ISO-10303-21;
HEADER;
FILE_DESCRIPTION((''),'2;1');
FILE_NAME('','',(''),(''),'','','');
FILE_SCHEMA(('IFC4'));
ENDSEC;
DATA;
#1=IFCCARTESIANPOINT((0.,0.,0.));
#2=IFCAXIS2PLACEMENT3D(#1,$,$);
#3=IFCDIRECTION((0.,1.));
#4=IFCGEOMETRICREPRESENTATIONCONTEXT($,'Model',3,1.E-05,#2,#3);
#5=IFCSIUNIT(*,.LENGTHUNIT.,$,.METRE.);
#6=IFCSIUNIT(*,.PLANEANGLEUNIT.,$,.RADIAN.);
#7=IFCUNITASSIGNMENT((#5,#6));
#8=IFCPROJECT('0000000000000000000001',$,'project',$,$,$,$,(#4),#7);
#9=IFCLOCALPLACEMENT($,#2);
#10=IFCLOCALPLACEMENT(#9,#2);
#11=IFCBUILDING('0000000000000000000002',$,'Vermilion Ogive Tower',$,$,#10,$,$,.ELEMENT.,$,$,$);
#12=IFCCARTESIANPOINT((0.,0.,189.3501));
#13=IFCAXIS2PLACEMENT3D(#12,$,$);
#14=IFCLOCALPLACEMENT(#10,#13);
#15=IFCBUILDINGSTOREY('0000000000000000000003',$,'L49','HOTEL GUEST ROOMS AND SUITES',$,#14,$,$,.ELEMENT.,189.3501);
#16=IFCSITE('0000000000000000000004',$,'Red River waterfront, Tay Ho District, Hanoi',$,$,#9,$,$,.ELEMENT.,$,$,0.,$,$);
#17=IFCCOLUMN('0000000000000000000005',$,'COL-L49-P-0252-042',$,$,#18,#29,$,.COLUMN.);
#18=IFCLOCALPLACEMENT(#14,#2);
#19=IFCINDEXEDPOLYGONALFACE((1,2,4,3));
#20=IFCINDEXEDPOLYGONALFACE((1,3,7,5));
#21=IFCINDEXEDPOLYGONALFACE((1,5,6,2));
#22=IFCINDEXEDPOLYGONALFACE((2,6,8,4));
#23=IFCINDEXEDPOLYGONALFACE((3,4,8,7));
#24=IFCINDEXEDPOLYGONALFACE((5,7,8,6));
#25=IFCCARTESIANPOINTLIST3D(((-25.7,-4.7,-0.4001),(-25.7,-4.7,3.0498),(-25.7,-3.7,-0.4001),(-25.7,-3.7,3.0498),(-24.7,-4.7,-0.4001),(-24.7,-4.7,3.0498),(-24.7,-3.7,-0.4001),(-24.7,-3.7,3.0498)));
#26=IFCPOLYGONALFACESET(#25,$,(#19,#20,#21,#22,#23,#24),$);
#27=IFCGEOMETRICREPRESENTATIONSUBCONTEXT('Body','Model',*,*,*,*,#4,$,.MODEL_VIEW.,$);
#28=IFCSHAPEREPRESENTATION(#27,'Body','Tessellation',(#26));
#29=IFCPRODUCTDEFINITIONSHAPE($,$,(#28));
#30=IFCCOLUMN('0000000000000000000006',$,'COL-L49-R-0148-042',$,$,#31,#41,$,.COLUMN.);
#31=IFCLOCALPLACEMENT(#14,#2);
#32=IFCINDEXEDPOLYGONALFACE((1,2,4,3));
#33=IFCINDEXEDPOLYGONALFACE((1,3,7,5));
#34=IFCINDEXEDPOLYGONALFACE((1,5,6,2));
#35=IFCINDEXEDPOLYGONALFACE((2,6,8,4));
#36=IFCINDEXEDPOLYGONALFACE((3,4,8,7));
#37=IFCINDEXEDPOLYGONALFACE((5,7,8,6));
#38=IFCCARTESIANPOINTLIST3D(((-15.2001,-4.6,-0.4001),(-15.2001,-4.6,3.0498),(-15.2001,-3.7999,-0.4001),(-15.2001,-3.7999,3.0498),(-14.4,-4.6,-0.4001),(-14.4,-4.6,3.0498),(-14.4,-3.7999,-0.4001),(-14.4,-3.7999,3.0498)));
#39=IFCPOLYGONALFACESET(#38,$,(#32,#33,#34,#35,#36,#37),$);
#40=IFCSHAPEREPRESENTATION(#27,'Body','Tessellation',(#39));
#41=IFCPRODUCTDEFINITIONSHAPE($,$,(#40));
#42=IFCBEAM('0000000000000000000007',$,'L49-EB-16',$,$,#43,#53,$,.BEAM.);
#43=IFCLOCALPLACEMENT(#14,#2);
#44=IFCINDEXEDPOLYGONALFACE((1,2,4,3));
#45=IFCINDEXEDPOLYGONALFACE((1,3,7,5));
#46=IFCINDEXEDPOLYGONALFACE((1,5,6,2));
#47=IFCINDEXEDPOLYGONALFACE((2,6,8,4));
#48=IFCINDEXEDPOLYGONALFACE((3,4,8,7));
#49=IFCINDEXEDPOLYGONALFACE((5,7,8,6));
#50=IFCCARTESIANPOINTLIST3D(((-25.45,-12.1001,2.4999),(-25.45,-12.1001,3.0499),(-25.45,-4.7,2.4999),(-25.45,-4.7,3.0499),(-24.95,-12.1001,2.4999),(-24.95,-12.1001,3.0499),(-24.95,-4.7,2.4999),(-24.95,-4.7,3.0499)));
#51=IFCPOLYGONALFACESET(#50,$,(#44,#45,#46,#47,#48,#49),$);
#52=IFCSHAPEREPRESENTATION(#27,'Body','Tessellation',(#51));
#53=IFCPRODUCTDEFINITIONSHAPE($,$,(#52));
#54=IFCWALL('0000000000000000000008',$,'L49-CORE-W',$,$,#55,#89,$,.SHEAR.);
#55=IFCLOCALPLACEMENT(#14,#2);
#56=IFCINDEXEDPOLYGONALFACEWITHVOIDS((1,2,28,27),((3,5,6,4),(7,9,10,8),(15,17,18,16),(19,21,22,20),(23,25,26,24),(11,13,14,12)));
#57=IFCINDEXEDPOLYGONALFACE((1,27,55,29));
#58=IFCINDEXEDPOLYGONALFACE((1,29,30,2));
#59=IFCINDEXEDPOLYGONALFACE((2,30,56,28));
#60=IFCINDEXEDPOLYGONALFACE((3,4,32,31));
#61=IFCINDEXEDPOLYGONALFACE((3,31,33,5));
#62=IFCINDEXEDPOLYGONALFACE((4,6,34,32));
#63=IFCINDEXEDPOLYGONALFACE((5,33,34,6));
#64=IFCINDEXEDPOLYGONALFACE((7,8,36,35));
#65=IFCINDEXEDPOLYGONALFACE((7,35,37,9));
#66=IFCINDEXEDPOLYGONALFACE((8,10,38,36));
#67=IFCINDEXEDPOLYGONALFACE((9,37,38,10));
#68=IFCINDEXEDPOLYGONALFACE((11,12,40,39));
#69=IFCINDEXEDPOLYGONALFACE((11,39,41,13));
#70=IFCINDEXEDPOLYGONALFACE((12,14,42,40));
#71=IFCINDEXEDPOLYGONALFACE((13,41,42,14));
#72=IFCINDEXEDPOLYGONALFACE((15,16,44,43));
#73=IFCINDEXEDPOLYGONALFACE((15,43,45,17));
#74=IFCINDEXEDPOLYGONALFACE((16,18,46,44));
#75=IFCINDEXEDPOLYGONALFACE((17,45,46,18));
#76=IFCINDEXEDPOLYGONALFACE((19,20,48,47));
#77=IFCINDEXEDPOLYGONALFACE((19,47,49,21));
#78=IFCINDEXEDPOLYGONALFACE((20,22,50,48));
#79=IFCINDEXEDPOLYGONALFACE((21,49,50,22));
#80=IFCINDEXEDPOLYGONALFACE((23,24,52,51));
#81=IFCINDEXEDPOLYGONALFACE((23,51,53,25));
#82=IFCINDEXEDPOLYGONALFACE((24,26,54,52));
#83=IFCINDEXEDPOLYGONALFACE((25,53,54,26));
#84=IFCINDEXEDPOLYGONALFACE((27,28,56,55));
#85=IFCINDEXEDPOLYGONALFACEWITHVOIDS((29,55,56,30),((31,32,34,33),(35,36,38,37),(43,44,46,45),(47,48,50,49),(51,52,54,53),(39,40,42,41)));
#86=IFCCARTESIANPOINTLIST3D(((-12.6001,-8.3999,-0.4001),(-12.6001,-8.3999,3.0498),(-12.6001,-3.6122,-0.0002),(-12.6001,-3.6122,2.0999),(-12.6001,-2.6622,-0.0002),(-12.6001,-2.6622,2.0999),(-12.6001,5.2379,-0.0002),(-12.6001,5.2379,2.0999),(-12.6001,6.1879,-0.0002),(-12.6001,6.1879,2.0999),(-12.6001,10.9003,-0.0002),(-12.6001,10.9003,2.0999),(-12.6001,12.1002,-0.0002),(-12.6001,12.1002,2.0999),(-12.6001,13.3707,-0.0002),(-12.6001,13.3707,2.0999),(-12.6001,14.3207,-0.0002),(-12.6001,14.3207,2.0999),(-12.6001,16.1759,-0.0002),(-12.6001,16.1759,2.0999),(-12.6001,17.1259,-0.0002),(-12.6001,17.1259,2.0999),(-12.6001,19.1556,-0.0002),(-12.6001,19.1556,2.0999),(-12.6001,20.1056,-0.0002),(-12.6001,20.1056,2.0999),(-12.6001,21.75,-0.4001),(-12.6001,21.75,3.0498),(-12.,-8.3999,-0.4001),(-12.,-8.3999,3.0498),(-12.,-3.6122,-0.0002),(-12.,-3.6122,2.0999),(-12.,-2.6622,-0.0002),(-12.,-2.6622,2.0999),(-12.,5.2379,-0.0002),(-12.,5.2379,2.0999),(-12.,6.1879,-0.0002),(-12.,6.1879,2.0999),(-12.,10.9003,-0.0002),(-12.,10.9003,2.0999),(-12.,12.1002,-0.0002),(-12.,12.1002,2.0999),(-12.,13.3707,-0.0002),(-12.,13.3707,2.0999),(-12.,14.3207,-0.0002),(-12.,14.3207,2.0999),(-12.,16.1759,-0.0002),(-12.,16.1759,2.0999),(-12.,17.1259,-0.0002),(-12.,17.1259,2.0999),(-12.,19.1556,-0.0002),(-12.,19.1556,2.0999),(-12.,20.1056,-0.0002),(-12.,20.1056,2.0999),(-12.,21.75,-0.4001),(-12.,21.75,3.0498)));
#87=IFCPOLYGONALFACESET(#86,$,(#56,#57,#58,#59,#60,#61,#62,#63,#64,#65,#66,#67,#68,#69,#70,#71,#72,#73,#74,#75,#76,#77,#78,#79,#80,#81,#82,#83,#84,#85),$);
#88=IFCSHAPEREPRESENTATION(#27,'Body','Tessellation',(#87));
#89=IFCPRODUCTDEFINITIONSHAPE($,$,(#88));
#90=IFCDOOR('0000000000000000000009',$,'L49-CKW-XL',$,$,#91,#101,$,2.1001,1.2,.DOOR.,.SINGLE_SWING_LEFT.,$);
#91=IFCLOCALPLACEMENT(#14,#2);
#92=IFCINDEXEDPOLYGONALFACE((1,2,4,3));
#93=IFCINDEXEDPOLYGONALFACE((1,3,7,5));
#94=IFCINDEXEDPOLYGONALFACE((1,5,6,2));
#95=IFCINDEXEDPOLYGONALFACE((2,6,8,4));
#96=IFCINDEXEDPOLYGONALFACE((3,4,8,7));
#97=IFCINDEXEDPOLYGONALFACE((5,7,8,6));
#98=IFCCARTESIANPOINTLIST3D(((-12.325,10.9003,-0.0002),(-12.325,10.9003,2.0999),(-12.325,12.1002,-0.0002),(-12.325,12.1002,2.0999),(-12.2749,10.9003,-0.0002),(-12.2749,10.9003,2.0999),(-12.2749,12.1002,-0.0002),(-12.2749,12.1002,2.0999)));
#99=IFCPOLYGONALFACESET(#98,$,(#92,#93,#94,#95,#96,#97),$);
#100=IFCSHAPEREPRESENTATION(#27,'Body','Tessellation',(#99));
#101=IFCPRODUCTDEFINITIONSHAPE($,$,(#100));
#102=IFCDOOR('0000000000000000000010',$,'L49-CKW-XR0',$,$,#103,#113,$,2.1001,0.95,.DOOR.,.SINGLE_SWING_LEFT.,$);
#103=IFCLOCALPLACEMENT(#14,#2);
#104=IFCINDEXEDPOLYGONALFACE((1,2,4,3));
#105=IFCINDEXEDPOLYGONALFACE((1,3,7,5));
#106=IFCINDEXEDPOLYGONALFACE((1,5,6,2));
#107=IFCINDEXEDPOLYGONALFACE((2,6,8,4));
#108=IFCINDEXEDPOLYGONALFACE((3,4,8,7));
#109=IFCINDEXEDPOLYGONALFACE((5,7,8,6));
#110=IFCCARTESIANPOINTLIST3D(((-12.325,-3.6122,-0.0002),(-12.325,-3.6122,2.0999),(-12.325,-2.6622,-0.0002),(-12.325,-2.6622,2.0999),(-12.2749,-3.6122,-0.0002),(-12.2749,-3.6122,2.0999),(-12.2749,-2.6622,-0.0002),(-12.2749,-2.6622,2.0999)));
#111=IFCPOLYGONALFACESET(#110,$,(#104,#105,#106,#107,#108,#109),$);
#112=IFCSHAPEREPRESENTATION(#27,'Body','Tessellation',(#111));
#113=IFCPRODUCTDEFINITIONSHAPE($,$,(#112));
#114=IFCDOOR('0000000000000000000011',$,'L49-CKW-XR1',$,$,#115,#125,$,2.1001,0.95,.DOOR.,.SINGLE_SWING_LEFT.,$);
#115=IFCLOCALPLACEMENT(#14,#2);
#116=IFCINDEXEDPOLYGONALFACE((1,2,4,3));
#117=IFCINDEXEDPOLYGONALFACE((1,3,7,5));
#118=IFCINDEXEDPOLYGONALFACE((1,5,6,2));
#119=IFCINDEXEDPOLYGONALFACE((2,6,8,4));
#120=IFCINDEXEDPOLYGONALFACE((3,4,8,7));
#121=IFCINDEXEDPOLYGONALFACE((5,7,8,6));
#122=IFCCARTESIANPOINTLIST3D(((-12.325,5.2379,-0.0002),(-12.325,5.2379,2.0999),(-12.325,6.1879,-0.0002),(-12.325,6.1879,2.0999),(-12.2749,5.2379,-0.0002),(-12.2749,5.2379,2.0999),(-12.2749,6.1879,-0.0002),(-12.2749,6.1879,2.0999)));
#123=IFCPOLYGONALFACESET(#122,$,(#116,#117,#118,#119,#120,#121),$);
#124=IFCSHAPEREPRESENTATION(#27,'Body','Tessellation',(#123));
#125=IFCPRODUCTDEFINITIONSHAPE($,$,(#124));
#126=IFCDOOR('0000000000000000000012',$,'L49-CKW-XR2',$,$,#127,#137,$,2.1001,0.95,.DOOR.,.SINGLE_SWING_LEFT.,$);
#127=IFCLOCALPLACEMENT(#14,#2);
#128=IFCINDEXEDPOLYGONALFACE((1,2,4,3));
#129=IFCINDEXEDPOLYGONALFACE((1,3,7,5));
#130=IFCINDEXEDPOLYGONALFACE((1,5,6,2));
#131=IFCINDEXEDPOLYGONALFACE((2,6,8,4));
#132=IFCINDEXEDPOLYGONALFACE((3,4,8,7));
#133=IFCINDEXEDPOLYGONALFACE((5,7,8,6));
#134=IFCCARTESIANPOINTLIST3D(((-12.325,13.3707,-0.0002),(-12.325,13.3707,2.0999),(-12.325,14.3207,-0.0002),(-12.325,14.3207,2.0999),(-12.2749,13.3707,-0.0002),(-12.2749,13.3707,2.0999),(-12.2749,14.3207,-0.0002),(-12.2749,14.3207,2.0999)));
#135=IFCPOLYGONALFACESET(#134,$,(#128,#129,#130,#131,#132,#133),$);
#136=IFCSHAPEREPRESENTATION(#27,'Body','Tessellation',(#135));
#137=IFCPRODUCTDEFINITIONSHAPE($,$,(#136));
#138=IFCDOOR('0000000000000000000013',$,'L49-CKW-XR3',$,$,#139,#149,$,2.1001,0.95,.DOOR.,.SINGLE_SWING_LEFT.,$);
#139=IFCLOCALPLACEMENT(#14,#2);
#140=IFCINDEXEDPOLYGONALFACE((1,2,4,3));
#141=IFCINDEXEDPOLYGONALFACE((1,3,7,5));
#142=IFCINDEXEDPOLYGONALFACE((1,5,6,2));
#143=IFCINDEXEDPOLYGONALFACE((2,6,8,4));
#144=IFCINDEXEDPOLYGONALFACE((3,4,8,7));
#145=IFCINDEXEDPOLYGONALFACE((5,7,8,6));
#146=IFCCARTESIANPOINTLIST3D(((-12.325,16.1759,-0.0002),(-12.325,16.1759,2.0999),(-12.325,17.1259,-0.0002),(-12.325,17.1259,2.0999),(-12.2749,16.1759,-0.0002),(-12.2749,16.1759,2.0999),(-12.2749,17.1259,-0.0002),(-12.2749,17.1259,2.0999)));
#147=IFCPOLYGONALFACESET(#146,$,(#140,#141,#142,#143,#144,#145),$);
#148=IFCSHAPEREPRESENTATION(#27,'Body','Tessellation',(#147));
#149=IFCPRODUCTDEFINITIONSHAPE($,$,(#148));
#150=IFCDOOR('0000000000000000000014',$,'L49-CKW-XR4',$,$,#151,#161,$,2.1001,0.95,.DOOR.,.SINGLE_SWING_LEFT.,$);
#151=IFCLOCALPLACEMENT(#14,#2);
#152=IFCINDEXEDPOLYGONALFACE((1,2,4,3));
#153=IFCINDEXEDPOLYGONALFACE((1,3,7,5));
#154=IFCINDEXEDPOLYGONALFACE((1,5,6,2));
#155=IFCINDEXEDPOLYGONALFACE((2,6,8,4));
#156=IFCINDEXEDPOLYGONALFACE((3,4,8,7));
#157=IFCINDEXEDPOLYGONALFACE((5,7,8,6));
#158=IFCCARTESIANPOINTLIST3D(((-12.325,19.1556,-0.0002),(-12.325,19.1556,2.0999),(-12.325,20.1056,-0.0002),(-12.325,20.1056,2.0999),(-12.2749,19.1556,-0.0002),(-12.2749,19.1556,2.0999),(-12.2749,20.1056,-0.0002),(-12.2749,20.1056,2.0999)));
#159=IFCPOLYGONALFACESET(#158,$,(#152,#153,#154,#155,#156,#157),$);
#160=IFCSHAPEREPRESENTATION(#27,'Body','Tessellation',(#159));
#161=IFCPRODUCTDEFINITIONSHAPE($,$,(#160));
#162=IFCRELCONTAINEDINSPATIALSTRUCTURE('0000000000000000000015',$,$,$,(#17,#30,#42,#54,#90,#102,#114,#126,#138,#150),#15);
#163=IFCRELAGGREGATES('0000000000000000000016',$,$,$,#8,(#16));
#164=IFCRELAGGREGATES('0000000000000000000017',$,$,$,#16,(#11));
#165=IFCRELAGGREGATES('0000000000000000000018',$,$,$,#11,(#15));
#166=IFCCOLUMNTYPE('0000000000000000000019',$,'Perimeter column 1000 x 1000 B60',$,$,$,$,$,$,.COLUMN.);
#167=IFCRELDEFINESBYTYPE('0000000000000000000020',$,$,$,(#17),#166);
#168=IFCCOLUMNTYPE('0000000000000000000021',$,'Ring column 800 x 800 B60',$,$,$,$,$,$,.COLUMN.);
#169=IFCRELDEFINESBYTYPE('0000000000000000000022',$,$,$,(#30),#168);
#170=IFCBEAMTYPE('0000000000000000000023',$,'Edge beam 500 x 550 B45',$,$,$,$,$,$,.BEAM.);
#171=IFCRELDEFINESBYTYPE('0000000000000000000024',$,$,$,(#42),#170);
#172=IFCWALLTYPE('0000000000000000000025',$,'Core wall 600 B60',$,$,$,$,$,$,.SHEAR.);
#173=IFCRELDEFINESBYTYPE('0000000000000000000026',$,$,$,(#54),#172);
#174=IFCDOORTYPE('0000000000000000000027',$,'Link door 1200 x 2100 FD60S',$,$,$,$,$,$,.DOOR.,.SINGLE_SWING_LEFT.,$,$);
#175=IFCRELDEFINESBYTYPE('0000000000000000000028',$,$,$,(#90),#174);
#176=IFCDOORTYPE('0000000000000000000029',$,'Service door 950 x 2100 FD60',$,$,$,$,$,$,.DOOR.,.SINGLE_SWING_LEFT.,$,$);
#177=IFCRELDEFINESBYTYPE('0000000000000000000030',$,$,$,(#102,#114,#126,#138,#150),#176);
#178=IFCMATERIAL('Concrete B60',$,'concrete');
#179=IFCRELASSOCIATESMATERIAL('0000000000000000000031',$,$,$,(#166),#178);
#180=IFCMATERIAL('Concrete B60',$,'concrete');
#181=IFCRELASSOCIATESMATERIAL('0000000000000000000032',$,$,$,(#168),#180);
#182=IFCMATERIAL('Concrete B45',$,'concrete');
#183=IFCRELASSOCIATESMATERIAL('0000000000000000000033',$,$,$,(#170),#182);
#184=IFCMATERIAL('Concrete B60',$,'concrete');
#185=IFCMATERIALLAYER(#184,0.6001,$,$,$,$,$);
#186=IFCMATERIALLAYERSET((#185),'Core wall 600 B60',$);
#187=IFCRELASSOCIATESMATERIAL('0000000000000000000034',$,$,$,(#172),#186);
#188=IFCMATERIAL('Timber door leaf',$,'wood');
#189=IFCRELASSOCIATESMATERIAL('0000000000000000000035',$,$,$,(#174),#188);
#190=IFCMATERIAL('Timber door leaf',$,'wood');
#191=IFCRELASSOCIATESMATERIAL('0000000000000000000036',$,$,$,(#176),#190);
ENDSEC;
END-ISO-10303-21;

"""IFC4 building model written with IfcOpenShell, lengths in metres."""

from ifc_helpers import new_model, si_unit, direction, frame, frame_2d, origin, origin_2d, place, context, subcontext, project, spatial, rectangle, extrude, material, layer, layer_set, material_profile, profile_set, type_object, element, fill, save


model = new_model("IFC4")

# Units and contexts
model_context = context("Model", 3, precision=1e-05, world=origin(), true_north=direction((0.0, 1.0)))
body_context = subcontext(model_context, "Body", "Model", "MODEL_VIEW")
ifc_project = project(units=[si_unit("LENGTHUNIT", "METRE"), si_unit("PLANEANGLEUNIT", "RADIAN")], contexts=[model_context])

# Site, building, storey
site_placement = place(None, origin())
site = spatial("IfcSite", under=ifc_project, at=site_placement, Name="Red River waterfront, Tay Ho District, Hanoi", CompositionType="ELEMENT", RefElevation=0.0)
building_placement = place(site_placement, origin())
building = spatial("IfcBuilding", under=site, at=building_placement, Name="Vermilion Ogive Tower", CompositionType="ELEMENT")
storey_placement = place(building_placement, frame((0.0, 0.0, 189.3501)))
storey = spatial("IfcBuildingStorey", under=building, at=storey_placement, Name="L49", Description="HOTEL GUEST ROOMS AND SUITES", CompositionType="ELEMENT", Elevation=189.3501)

# Columns
ifc_material_1 = material(Name="Concrete B60", Category="concrete")
ifc_material_profile_1 = material_profile(ifc_material_1, rectangle(XDim=1.0, YDim=1.0, at=origin_2d()), Name="1000 x 1000")
ifc_profile_set_1 = profile_set([ifc_material_profile_1], Name="Concrete B60")
column_type_1 = type_object("IfcColumnType", Name="Perimeter column 1000 x 1000 B60", PredefinedType="COLUMN", material=ifc_profile_set_1)
column_1_placement = place(storey_placement, frame((-25.2, -4.2, -0.4001), z_axis=(0.0, 0.0, 1.0), x_axis=(1.0, 0.0, 0.0)))
element("IfcColumn", 1, at=column_1_placement, inside=storey, type_object=column_type_1, Name="COL-L49-P-0252-042", PredefinedType="COLUMN", context=body_context, shape_type="SweptSolid", body=[
    extrude(rectangle(XDim=1.0, YDim=1.0, at=origin_2d()), origin(), (0.0, 0.0, 1.0), 3.45),
])
ifc_material_2 = material(Name="Concrete B60", Category="concrete")
ifc_material_profile_2 = material_profile(ifc_material_2, rectangle(XDim=0.8, YDim=0.8, at=origin_2d()), Name="800 x 800")
ifc_profile_set_2 = profile_set([ifc_material_profile_2], Name="Concrete B60")
column_type_2 = type_object("IfcColumnType", Name="Ring column 800 x 800 B60", PredefinedType="COLUMN", material=ifc_profile_set_2)
column_2_placement = place(storey_placement, frame((-14.8, -4.2, -0.4001), z_axis=(0.0, 0.0, 1.0), x_axis=(1.0, 0.0, 0.0)))
element("IfcColumn", 2, at=column_2_placement, inside=storey, type_object=column_type_2, Name="COL-L49-R-0148-042", PredefinedType="COLUMN", context=body_context, shape_type="SweptSolid", body=[
    extrude(rectangle(XDim=0.8, YDim=0.8, at=origin_2d()), origin(), (0.0, 0.0, 1.0), 3.45),
])

# Beam
ifc_material_3 = material(Name="Concrete B45", Category="concrete")
ifc_material_profile_3 = material_profile(ifc_material_3, rectangle(XDim=0.5, YDim=0.55, at=origin_2d()), Name="500 x 550")
ifc_profile_set_3 = profile_set([ifc_material_profile_3], Name="Concrete B45")
beam_type = type_object("IfcBeamType", Name="Edge beam 500 x 550 B45", PredefinedType="BEAM", material=ifc_profile_set_3)
beam_placement = place(storey_placement, frame((-25.2, -4.7, 2.7749), z_axis=(0.0, -1.0, 0.0), x_axis=(1.0, 0.0, 0.0)))
element("IfcBeam", 3, at=beam_placement, inside=storey, type_object=beam_type, Name="L49-EB-16", PredefinedType="BEAM", context=body_context, shape_type="SweptSolid", body=[
    extrude(rectangle(XDim=0.5, YDim=0.55, at=origin_2d()), origin(), (0.0, 0.0, 1.0), 7.4001),
])

# Wall, openings, doors
ifc_material_4 = material(Name="Concrete B60", Category="concrete")
ifc_layer_1 = layer(ifc_material_4, 0.6001)
ifc_layer_set_1 = layer_set([ifc_layer_1], Name="Core wall 600 B60")
wall_type_1 = type_object("IfcWallType", Name="Core wall 600 B60", PredefinedType="SHEAR", material=ifc_layer_set_1)
wall_1_placement = place(storey_placement, frame((-12.3, -8.3999, -0.4001), z_axis=(0.0, 0.0, 1.0), x_axis=(0.0, 1.0, 0.0)))
wall_1 = element("IfcWall", 4, at=wall_1_placement, inside=storey, type_object=wall_type_1, Name="L49-CORE-W", PredefinedType="SHEAR", context=body_context, shape_type="SweptSolid", body=[
    extrude(rectangle(XDim=30.1499, YDim=0.6001, at=frame_2d((15.075, 0.0))), origin(), (0.0, 0.0, 1.0), 3.45),
])
opening_1_placement = place(wall_1_placement, frame((4.7876, 0.0, 0.3999)))
opening_1 = element("IfcOpeningElement", 5, at=opening_1_placement, cuts=wall_1, PredefinedType="OPENING", context=body_context, shape_type="SweptSolid", body=[
    extrude(rectangle(XDim=0.95, YDim=2.1001, at=frame_2d((0.4751, 1.05))), frame((0.0, 0.3101, 0.0), z_axis=(0.0, -1.0, 0.0), x_axis=(1.0, 0.0, 0.0)), (0.0, 0.0, 1.0), 0.6201),
])
opening_2_placement = place(wall_1_placement, frame((13.6377, 0.0, 0.3999)))
opening_2 = element("IfcOpeningElement", 6, at=opening_2_placement, cuts=wall_1, PredefinedType="OPENING", context=body_context, shape_type="SweptSolid", body=[
    extrude(rectangle(XDim=0.95, YDim=2.1001, at=frame_2d((0.4751, 1.05))), frame((0.0, 0.3101, 0.0), z_axis=(0.0, -1.0, 0.0), x_axis=(1.0, 0.0, 0.0)), (0.0, 0.0, 1.0), 0.6201),
])
opening_3_placement = place(wall_1_placement, frame((21.7705, 0.0, 0.3999)))
opening_3 = element("IfcOpeningElement", 7, at=opening_3_placement, cuts=wall_1, PredefinedType="OPENING", context=body_context, shape_type="SweptSolid", body=[
    extrude(rectangle(XDim=0.95, YDim=2.1001, at=frame_2d((0.4751, 1.05))), frame((0.0, 0.3101, 0.0), z_axis=(0.0, -1.0, 0.0), x_axis=(1.0, 0.0, 0.0)), (0.0, 0.0, 1.0), 0.6201),
])
opening_4_placement = place(wall_1_placement, frame((24.5757, 0.0, 0.3999)))
opening_4 = element("IfcOpeningElement", 8, at=opening_4_placement, cuts=wall_1, PredefinedType="OPENING", context=body_context, shape_type="SweptSolid", body=[
    extrude(rectangle(XDim=0.95, YDim=2.1001, at=frame_2d((0.4751, 1.05))), frame((0.0, 0.3101, 0.0), z_axis=(0.0, -1.0, 0.0), x_axis=(1.0, 0.0, 0.0)), (0.0, 0.0, 1.0), 0.6201),
])
opening_5_placement = place(wall_1_placement, frame((27.5554, 0.0, 0.3999)))
opening_5 = element("IfcOpeningElement", 9, at=opening_5_placement, cuts=wall_1, PredefinedType="OPENING", context=body_context, shape_type="SweptSolid", body=[
    extrude(rectangle(XDim=0.95, YDim=2.1001, at=frame_2d((0.4751, 1.05))), frame((0.0, 0.3101, 0.0), z_axis=(0.0, -1.0, 0.0), x_axis=(1.0, 0.0, 0.0)), (0.0, 0.0, 1.0), 0.6201),
])
opening_6_placement = place(wall_1_placement, frame((19.3, 0.0, 0.3999)))
opening_6 = element("IfcOpeningElement", 10, at=opening_6_placement, cuts=wall_1, PredefinedType="OPENING", context=body_context, shape_type="SweptSolid", body=[
    extrude(rectangle(XDim=1.2, YDim=2.1001, at=frame_2d((0.6001, 1.05))), frame((0.0, 0.3101, 0.0), z_axis=(0.0, -1.0, 0.0), x_axis=(1.0, 0.0, 0.0)), (0.0, 0.0, 1.0), 0.6201),
])
ifc_material_5 = material(Name="Timber door leaf", Category="wood")
door_type_1 = type_object("IfcDoorType", Name="Link door 1200 x 2100 FD60S", OperationType="SINGLE_SWING_LEFT", PredefinedType="DOOR", material=ifc_material_5)
door_1_placement = place(opening_6_placement, origin())
door_1 = element("IfcDoor", 11, at=door_1_placement, inside=storey, type_object=door_type_1, Name="L49-CKW-XL", OperationType="SINGLE_SWING_LEFT", OverallHeight=2.1001, OverallWidth=1.2, PredefinedType="DOOR", context=body_context, shape_type="SweptSolid", body=[
    extrude(rectangle(XDim=1.2, YDim=2.1001, at=frame_2d((0.6001, 1.05))), frame((0.0, 0.0249, 0.0), z_axis=(0.0, -1.0, 0.0), x_axis=(1.0, 0.0, 0.0)), (0.0, 0.0, 1.0), 0.05),
])
fill(opening_6, door_1)
ifc_material_6 = material(Name="Timber door leaf", Category="wood")
door_type_2 = type_object("IfcDoorType", Name="Service door 950 x 2100 FD60", OperationType="SINGLE_SWING_LEFT", PredefinedType="DOOR", material=ifc_material_6)
door_2_placement = place(opening_1_placement, origin())
door_2 = element("IfcDoor", 12, at=door_2_placement, inside=storey, type_object=door_type_2, Name="L49-CKW-XR0", OperationType="SINGLE_SWING_LEFT", OverallHeight=2.1001, OverallWidth=0.95, PredefinedType="DOOR", context=body_context, shape_type="SweptSolid", body=[
    extrude(rectangle(XDim=0.95, YDim=2.1001, at=frame_2d((0.4751, 1.05))), frame((0.0, 0.0249, 0.0), z_axis=(0.0, -1.0, 0.0), x_axis=(1.0, 0.0, 0.0)), (0.0, 0.0, 1.0), 0.05),
])
fill(opening_1, door_2)
door_3_placement = place(opening_2_placement, origin())
door_3 = element("IfcDoor", 13, at=door_3_placement, inside=storey, type_object=door_type_2, Name="L49-CKW-XR1", OperationType="SINGLE_SWING_LEFT", OverallHeight=2.1001, OverallWidth=0.95, PredefinedType="DOOR", context=body_context, shape_type="SweptSolid", body=[
    extrude(rectangle(XDim=0.95, YDim=2.1001, at=frame_2d((0.4751, 1.05))), frame((0.0, 0.0249, 0.0), z_axis=(0.0, -1.0, 0.0), x_axis=(1.0, 0.0, 0.0)), (0.0, 0.0, 1.0), 0.05),
])
fill(opening_2, door_3)
door_4_placement = place(opening_3_placement, origin())
door_4 = element("IfcDoor", 14, at=door_4_placement, inside=storey, type_object=door_type_2, Name="L49-CKW-XR2", OperationType="SINGLE_SWING_LEFT", OverallHeight=2.1001, OverallWidth=0.95, PredefinedType="DOOR", context=body_context, shape_type="SweptSolid", body=[
    extrude(rectangle(XDim=0.95, YDim=2.1001, at=frame_2d((0.4751, 1.05))), frame((0.0, 0.0249, 0.0), z_axis=(0.0, -1.0, 0.0), x_axis=(1.0, 0.0, 0.0)), (0.0, 0.0, 1.0), 0.05),
])
fill(opening_3, door_4)
door_5_placement = place(opening_4_placement, origin())
door_5 = element("IfcDoor", 15, at=door_5_placement, inside=storey, type_object=door_type_2, Name="L49-CKW-XR3", OperationType="SINGLE_SWING_LEFT", OverallHeight=2.1001, OverallWidth=0.95, PredefinedType="DOOR", context=body_context, shape_type="SweptSolid", body=[
    extrude(rectangle(XDim=0.95, YDim=2.1001, at=frame_2d((0.4751, 1.05))), frame((0.0, 0.0249, 0.0), z_axis=(0.0, -1.0, 0.0), x_axis=(1.0, 0.0, 0.0)), (0.0, 0.0, 1.0), 0.05),
])
fill(opening_4, door_5)
door_6_placement = place(opening_5_placement, origin())
door_6 = element("IfcDoor", 16, at=door_6_placement, inside=storey, type_object=door_type_2, Name="L49-CKW-XR4", OperationType="SINGLE_SWING_LEFT", OverallHeight=2.1001, OverallWidth=0.95, PredefinedType="DOOR", context=body_context, shape_type="SweptSolid", body=[
    extrude(rectangle(XDim=0.95, YDim=2.1001, at=frame_2d((0.4751, 1.05))), frame((0.0, 0.0249, 0.0), z_axis=(0.0, -1.0, 0.0), x_axis=(1.0, 0.0, 0.0)), (0.0, 0.0, 1.0), 0.05),
])
fill(opening_5, door_6)

save(model, "model.ifc")
